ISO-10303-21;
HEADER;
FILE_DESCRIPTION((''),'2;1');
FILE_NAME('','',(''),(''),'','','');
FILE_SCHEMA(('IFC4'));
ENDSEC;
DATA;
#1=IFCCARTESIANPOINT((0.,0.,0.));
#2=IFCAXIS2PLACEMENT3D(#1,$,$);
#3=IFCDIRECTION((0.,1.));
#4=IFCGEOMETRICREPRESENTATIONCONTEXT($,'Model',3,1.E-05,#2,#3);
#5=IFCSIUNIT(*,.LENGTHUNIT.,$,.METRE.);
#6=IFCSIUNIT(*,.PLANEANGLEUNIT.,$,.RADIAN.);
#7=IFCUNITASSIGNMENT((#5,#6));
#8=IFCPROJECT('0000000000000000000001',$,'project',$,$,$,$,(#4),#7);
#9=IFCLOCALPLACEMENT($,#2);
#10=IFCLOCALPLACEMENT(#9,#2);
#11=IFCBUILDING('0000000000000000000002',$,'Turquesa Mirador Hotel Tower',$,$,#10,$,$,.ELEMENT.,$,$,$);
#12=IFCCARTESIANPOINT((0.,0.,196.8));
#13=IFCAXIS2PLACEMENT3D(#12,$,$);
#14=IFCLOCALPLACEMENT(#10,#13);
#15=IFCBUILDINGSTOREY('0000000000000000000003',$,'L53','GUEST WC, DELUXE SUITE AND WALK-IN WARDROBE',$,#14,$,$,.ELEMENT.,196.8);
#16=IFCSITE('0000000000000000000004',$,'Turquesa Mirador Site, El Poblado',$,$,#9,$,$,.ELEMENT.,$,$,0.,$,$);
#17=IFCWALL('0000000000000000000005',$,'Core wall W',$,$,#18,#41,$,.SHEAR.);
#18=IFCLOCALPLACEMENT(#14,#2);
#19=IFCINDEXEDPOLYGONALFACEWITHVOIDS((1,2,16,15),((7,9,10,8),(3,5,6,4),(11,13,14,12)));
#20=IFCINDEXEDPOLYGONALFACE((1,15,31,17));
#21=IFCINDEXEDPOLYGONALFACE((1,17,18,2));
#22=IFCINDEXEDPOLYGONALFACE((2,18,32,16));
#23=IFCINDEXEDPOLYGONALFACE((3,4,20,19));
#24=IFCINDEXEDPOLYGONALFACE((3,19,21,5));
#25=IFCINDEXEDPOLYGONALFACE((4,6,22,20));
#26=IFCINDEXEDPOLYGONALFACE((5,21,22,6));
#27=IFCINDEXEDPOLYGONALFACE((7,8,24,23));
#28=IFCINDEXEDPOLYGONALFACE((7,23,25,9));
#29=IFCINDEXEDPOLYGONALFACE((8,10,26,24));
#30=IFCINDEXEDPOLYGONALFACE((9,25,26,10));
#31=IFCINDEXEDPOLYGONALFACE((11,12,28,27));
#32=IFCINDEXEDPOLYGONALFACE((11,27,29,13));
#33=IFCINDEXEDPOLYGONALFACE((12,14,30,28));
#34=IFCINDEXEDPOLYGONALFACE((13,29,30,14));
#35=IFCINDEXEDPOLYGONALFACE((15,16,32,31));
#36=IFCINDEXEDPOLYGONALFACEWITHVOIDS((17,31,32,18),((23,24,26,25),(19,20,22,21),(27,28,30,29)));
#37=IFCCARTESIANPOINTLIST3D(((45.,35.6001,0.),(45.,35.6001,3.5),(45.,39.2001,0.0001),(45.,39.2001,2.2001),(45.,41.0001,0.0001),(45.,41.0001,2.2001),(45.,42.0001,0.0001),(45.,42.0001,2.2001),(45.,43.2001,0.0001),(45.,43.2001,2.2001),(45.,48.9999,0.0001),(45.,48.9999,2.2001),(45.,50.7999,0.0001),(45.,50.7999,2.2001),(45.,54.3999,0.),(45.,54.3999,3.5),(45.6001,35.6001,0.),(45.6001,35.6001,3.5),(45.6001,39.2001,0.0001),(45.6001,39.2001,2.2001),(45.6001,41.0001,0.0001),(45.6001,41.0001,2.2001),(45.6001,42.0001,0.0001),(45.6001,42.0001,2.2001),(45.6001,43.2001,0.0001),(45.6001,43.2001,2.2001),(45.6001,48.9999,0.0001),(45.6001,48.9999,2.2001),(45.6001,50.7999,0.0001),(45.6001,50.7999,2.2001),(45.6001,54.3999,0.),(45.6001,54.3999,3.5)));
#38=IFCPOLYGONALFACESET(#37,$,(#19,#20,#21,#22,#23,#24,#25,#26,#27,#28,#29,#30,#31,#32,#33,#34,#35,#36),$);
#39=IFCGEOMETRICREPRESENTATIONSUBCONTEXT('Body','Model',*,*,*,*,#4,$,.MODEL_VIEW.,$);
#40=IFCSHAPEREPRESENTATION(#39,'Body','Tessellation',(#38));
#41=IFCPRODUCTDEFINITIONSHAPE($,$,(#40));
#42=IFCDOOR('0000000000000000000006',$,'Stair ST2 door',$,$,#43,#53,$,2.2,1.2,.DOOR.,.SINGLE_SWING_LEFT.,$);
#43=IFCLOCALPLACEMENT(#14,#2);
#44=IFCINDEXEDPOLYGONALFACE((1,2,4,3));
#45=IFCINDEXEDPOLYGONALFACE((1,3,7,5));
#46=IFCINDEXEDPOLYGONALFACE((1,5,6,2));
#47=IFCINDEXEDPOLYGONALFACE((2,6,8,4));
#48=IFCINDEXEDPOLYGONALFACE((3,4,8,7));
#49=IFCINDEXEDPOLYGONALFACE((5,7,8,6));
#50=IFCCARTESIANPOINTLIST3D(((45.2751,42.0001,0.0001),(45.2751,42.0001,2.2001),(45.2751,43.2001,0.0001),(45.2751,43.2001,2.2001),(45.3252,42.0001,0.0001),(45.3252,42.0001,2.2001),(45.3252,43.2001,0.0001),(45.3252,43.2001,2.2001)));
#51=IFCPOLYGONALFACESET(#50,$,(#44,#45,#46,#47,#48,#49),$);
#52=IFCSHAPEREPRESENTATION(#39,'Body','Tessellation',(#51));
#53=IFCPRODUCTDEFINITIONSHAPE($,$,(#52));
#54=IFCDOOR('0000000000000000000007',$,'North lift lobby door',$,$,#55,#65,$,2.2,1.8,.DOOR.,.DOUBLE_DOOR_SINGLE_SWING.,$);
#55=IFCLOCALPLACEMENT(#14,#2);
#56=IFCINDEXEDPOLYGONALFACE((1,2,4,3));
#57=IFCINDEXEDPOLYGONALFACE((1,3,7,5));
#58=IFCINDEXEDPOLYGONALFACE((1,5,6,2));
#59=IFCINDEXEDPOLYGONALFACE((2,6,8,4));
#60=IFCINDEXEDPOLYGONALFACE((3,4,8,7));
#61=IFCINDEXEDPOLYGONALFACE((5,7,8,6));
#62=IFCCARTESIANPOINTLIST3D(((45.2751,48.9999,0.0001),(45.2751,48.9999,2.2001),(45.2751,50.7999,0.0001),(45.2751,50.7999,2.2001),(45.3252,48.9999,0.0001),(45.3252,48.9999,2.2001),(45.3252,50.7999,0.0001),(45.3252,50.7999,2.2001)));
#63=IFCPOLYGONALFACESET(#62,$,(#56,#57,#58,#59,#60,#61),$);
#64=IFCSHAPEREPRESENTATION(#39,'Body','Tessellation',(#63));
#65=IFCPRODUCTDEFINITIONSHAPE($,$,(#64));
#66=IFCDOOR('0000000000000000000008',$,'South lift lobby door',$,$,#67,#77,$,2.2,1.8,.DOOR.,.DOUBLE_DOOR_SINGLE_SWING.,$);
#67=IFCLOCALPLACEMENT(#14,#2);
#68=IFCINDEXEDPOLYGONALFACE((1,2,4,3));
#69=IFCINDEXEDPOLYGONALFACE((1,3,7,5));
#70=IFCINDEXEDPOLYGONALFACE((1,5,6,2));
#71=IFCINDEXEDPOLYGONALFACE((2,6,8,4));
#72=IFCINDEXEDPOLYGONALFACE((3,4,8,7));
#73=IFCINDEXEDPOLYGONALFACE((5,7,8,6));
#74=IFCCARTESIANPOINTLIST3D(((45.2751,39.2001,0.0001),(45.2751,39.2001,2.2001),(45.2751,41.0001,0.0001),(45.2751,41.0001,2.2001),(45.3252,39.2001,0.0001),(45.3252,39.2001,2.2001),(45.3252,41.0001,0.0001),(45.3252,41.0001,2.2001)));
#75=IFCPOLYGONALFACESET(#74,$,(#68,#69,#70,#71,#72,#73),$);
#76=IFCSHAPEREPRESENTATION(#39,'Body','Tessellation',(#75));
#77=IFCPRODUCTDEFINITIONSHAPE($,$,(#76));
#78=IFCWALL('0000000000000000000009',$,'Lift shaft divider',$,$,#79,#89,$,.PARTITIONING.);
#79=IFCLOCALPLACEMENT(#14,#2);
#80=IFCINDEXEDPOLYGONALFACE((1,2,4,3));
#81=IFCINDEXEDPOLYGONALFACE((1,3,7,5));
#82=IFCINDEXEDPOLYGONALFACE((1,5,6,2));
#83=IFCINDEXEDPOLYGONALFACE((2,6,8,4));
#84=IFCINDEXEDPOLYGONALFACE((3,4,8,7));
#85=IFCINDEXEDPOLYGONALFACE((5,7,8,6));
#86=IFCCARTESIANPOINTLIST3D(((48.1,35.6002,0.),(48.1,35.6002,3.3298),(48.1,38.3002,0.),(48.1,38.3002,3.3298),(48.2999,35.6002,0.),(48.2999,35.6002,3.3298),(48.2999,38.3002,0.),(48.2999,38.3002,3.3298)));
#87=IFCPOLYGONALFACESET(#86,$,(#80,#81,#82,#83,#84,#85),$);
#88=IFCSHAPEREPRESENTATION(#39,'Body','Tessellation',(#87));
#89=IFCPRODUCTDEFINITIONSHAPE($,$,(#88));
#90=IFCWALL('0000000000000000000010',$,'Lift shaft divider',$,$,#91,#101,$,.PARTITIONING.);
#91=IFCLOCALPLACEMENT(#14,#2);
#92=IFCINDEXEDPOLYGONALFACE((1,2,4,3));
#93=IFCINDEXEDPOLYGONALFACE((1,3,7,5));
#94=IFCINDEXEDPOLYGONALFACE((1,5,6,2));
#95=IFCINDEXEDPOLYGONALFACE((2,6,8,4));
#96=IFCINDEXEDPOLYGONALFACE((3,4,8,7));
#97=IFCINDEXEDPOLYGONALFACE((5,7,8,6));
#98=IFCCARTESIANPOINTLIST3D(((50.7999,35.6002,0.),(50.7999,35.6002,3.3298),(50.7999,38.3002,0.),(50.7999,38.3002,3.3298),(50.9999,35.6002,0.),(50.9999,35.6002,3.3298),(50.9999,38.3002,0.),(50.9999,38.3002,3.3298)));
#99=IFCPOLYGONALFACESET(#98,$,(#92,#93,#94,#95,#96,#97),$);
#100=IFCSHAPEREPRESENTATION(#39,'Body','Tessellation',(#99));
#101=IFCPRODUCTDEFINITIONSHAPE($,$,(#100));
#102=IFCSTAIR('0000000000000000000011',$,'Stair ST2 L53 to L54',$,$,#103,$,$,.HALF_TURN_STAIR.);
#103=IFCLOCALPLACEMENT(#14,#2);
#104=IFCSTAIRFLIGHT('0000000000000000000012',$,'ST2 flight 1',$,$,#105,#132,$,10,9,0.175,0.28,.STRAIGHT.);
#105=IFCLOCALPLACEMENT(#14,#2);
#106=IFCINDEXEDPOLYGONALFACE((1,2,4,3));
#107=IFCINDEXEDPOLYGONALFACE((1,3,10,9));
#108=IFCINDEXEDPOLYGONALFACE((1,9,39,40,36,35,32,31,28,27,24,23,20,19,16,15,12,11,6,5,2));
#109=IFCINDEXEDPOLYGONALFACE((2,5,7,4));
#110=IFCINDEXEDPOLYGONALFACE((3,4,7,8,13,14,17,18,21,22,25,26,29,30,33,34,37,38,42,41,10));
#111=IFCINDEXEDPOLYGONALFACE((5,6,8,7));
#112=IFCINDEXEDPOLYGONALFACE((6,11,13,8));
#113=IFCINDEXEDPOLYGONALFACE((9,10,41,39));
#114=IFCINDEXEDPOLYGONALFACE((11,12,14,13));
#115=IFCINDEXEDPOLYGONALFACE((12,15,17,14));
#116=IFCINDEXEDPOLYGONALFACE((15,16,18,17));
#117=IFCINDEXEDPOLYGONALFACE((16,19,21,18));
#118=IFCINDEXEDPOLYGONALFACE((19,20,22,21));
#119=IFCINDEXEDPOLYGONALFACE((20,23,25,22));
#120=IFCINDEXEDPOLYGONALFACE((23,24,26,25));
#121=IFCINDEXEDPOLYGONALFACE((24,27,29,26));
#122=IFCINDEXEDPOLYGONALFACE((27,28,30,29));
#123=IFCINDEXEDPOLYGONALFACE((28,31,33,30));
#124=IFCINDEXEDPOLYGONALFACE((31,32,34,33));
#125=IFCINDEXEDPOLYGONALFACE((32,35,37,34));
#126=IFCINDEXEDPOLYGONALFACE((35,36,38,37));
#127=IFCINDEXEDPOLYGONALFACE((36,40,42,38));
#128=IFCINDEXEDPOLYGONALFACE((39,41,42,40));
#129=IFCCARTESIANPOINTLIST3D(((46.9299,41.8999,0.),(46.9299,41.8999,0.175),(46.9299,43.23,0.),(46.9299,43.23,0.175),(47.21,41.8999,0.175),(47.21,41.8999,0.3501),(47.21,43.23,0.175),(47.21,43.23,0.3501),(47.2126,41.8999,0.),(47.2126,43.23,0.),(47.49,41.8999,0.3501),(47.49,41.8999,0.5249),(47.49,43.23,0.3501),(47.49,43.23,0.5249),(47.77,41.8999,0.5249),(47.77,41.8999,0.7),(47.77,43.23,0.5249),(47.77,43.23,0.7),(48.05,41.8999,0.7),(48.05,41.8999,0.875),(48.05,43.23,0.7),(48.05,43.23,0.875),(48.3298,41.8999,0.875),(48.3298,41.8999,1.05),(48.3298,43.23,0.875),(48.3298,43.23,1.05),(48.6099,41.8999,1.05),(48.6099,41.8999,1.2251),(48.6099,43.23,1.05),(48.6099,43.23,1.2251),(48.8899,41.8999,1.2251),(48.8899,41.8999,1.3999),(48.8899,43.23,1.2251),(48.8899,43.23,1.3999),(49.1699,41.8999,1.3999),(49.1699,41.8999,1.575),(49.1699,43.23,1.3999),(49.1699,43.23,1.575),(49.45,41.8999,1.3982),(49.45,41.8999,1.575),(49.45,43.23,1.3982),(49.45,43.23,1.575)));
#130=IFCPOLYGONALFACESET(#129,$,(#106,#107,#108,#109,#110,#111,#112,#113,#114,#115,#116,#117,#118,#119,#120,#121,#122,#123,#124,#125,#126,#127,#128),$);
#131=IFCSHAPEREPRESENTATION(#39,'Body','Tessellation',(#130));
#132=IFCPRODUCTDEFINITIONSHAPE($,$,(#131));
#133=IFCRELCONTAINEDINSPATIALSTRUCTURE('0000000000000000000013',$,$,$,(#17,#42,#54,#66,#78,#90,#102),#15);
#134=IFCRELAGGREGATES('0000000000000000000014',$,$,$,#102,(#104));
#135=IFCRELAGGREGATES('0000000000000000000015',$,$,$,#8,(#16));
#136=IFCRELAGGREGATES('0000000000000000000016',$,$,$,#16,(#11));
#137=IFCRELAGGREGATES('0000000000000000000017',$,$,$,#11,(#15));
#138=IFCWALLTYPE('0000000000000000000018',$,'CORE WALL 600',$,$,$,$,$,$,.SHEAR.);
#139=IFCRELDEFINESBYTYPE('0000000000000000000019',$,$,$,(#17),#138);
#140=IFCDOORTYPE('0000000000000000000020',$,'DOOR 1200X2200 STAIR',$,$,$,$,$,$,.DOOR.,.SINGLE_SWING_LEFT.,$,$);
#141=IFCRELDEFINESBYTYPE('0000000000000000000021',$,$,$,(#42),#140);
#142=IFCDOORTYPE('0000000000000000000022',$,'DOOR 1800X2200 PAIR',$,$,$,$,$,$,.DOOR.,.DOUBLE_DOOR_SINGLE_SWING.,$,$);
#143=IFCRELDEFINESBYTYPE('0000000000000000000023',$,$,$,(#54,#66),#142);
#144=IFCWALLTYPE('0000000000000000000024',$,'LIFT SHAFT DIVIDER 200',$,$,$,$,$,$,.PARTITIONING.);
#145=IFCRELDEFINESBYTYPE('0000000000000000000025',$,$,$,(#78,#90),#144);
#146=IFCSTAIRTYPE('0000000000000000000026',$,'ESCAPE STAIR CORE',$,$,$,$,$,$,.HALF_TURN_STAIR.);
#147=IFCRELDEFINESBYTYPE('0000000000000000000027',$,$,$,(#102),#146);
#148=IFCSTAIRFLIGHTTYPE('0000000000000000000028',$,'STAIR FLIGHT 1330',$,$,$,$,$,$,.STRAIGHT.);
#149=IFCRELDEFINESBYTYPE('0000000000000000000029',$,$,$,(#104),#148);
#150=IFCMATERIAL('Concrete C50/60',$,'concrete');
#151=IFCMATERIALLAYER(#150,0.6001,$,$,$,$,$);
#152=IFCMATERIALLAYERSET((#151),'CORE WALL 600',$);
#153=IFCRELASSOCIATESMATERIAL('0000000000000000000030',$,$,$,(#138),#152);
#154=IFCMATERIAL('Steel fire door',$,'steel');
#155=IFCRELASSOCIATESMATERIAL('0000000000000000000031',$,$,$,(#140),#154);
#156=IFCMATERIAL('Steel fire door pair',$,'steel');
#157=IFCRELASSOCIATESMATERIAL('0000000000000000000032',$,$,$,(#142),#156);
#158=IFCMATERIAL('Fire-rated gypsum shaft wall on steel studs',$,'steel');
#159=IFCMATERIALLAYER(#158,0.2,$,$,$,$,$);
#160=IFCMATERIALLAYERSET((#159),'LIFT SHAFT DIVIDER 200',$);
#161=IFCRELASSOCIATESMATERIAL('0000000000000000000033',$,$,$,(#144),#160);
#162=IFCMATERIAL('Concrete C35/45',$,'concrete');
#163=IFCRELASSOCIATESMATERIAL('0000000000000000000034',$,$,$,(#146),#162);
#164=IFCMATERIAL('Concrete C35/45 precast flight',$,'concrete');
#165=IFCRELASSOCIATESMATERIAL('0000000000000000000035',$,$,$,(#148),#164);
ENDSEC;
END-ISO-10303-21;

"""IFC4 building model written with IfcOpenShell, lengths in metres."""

from ifc_helpers import new_model, si_unit, direction, frame, frame_2d, origin, place, context, subcontext, project, spatial, polyline, rectangle, outline, extrude, material, layer, layer_set, type_object, element, fill, aggregate, save


model = new_model("IFC4")

# Units and contexts
model_context = context("Model", 3, precision=1e-05, world=origin(), true_north=direction((0.0, 1.0)))
body_context = subcontext(model_context, "Body", "Model", "MODEL_VIEW")
ifc_project = project(units=[si_unit("LENGTHUNIT", "METRE"), si_unit("PLANEANGLEUNIT", "RADIAN")], contexts=[model_context])

# Site, building, storey
site_placement = place(None, origin())
site = spatial("IfcSite", under=ifc_project, at=site_placement, Name="Turquesa Mirador Site, El Poblado", CompositionType="ELEMENT", RefElevation=0.0)
building_placement = place(site_placement, origin())
building = spatial("IfcBuilding", under=site, at=building_placement, Name="Turquesa Mirador Hotel Tower", CompositionType="ELEMENT")
storey_placement = place(building_placement, frame((0.0, 0.0, 196.8)))
storey = spatial("IfcBuildingStorey", under=building, at=storey_placement, Name="L53", Description="GUEST WC, DELUXE SUITE AND WALK-IN WARDROBE", CompositionType="ELEMENT", Elevation=196.8)

# Shared definitions
ifc_material_1 = material(Name="Concrete C50/60", Category="concrete")
ifc_layer_1 = layer(ifc_material_1, 0.6001)
ifc_layer_set_1 = layer_set([ifc_layer_1], Name="CORE WALL 600")
wall_type_1 = type_object("IfcWallType", Name="CORE WALL 600", PredefinedType="SHEAR", material=ifc_layer_set_1)

# Wall, openings, doors
wall_1_placement = place(storey_placement, frame((45.3, 35.6001, 0.0), z_axis=(0.0, 0.0, 1.0), x_axis=(0.0, 1.0, 0.0)))
wall_1 = element("IfcWall", 1, at=wall_1_placement, inside=storey, type_object=wall_type_1, Name="Core wall W", PredefinedType="SHEAR", context=body_context, shape_type="SweptSolid", body=[
    extrude(rectangle(XDim=18.7998, YDim=0.6001, at=frame_2d((9.3999, 0.0))), origin(), (0.0, 0.0, 1.0), 3.5),
])
opening_1_placement = place(wall_1_placement, frame((13.3999, 0.0, 0.0)))
opening_1 = element("IfcOpeningElement", 2, at=opening_1_placement, cuts=wall_1, PredefinedType="OPENING", context=body_context, shape_type="SweptSolid", body=[
    extrude(rectangle(XDim=1.8, YDim=2.2, at=frame_2d((0.8999, 1.1001))), frame((0.0, 0.3101, 0.0), z_axis=(0.0, -1.0, 0.0), x_axis=(1.0, 0.0, 0.0)), (0.0, 0.0, 1.0), 0.6201),
])
opening_2_placement = place(wall_1_placement, frame((3.6001, 0.0, 0.0)))
opening_2 = element("IfcOpeningElement", 3, at=opening_2_placement, cuts=wall_1, PredefinedType="OPENING", context=body_context, shape_type="SweptSolid", body=[
    extrude(rectangle(XDim=1.8, YDim=2.2, at=frame_2d((0.8999, 1.1001))), frame((0.0, 0.3101, 0.0), z_axis=(0.0, -1.0, 0.0), x_axis=(1.0, 0.0, 0.0)), (0.0, 0.0, 1.0), 0.6201),
])
opening_3_placement = place(wall_1_placement, frame((6.3999, 0.0, 0.0)))
opening_3 = element("IfcOpeningElement", 4, at=opening_3_placement, cuts=wall_1, PredefinedType="OPENING", context=body_context, shape_type="SweptSolid", body=[
    extrude(rectangle(XDim=1.2, YDim=2.2, at=frame_2d((0.6001, 1.1001))), frame((0.0, 0.3101, 0.0), z_axis=(0.0, -1.0, 0.0), x_axis=(1.0, 0.0, 0.0)), (0.0, 0.0, 1.0), 0.6201),
])
ifc_material_2 = material(Name="Steel fire door", Category="steel")
door_type_1 = type_object("IfcDoorType", Name="DOOR 1200X2200 STAIR", OperationType="SINGLE_SWING_LEFT", PredefinedType="DOOR", material=ifc_material_2)
door_1_placement = place(opening_3_placement, origin())
door_1 = element("IfcDoor", 5, at=door_1_placement, inside=storey, type_object=door_type_1, Name="Stair ST2 door", OperationType="SINGLE_SWING_LEFT", OverallHeight=2.2, OverallWidth=1.2, PredefinedType="DOOR", context=body_context, shape_type="SweptSolid", body=[
    extrude(rectangle(XDim=1.2, YDim=2.2, at=frame_2d((0.6001, 1.1001))), frame((0.0, 0.0249, 0.0), z_axis=(0.0, -1.0, 0.0), x_axis=(1.0, 0.0, 0.0)), (0.0, 0.0, 1.0), 0.05),
])
fill(opening_3, door_1)
ifc_material_3 = material(Name="Steel fire door pair", Category="steel")
door_type_2 = type_object("IfcDoorType", Name="DOOR 1800X2200 PAIR", OperationType="DOUBLE_DOOR_SINGLE_SWING", PredefinedType="DOOR", material=ifc_material_3)
door_2_placement = place(opening_1_placement, origin())
door_2 = element("IfcDoor", 6, at=door_2_placement, inside=storey, type_object=door_type_2, Name="North lift lobby door", OperationType="DOUBLE_DOOR_SINGLE_SWING", OverallHeight=2.2, OverallWidth=1.8, PredefinedType="DOOR", context=body_context, shape_type="SweptSolid", body=[
    extrude(rectangle(XDim=1.8, YDim=2.2, at=frame_2d((0.8999, 1.1001))), frame((0.0, 0.0249, 0.0), z_axis=(0.0, -1.0, 0.0), x_axis=(1.0, 0.0, 0.0)), (0.0, 0.0, 1.0), 0.05),
])
fill(opening_1, door_2)
door_3_placement = place(opening_2_placement, origin())
door_3 = element("IfcDoor", 7, at=door_3_placement, inside=storey, type_object=door_type_2, Name="South lift lobby door", OperationType="DOUBLE_DOOR_SINGLE_SWING", OverallHeight=2.2, OverallWidth=1.8, PredefinedType="DOOR", context=body_context, shape_type="SweptSolid", body=[
    extrude(rectangle(XDim=1.8, YDim=2.2, at=frame_2d((0.8999, 1.1001))), frame((0.0, 0.0249, 0.0), z_axis=(0.0, -1.0, 0.0), x_axis=(1.0, 0.0, 0.0)), (0.0, 0.0, 1.0), 0.05),
])
fill(opening_2, door_3)

# Walls
ifc_material_4 = material(Name="Fire-rated gypsum shaft wall on steel studs", Category="steel")
ifc_layer_2 = layer(ifc_material_4, 0.2)
ifc_layer_set_2 = layer_set([ifc_layer_2], Name="LIFT SHAFT DIVIDER 200")
wall_type_2 = type_object("IfcWallType", Name="LIFT SHAFT DIVIDER 200", PredefinedType="PARTITIONING", material=ifc_layer_set_2)
for number, where, z_axis, x_axis, name in (
    (8, (48.2, 35.6001, 0.0), (0.0, 0.0, 1.0), (0.0, 1.0, 0.0), "Lift shaft divider"),
    (9, (50.8999, 35.6001, 0.0), (0.0, 0.0, 1.0), (0.0, 1.0, 0.0), "Lift shaft divider"),
):
    element("IfcWall", number, at=place(storey_placement, frame(where, z_axis=z_axis, x_axis=x_axis)), inside=storey, type_object=wall_type_2, Name=name, PredefinedType="PARTITIONING", context=body_context, shape_type="SweptSolid", body=[
        extrude(rectangle(XDim=2.7, YDim=0.2, at=frame_2d((1.3501, 0.0))), origin(), (0.0, 0.0, 1.0), 3.3298),
    ])

# Stair, stair flight
ifc_material_5 = material(Name="Concrete C35/45", Category="concrete")
stair_type = type_object("IfcStairType", Name="ESCAPE STAIR CORE", PredefinedType="HALF_TURN_STAIR", material=ifc_material_5)
stair_placement = place(storey_placement, origin())
stair = element("IfcStair", 10, at=stair_placement, inside=storey, type_object=stair_type, Name="Stair ST2 L53 to L54", PredefinedType="HALF_TURN_STAIR")
ifc_material_6 = material(Name="Concrete C35/45 precast flight", Category="concrete")
stair_flight_type = type_object("IfcStairFlightType", Name="STAIR FLIGHT 1330", PredefinedType="STRAIGHT", material=ifc_material_6)
stair_flight_placement = place(storey_placement, frame((46.9299, 42.5649, 0.0), z_axis=(0.0, 0.0, 1.0), x_axis=(1.0, 0.0, 0.0)))
stair_flight = element("IfcStairFlight", 11, at=stair_flight_placement, type_object=stair_flight_type, Name="ST2 flight 1", NumberOfRisers=10, NumberOfTreads=9, PredefinedType="STRAIGHT", RiserHeight=0.175, TreadLength=0.28, context=body_context, shape_type="SweptSolid", body=[
    extrude(outline(polyline([(0.0, 0.0), (0.0, 0.175), (0.28, 0.175), (0.28, 0.3501), (0.5601, 0.3501), (0.5601, 0.5249), (0.8401, 0.5249), (0.8401, 0.7), (1.1201, 0.7), (1.1201, 0.875), (1.3999, 0.875), (1.3999, 1.05), (1.6799, 1.05), (1.6799, 1.2251), (1.96, 1.2251), (1.96, 1.3999), (2.24, 1.3999), (2.24, 1.575), (2.52, 1.575), (2.52, 1.75), (2.52, 1.3982), (0.2827, 0.0), (0.0, 0.0)])), frame((0.0, 0.665, 0.0), z_axis=(0.0, -1.0, 0.0), x_axis=(1.0, 0.0, 0.0)), (0.0, 0.0, 1.0), 1.3301),
])
aggregate(stair, [stair_flight])

save(model, "model.ifc")
